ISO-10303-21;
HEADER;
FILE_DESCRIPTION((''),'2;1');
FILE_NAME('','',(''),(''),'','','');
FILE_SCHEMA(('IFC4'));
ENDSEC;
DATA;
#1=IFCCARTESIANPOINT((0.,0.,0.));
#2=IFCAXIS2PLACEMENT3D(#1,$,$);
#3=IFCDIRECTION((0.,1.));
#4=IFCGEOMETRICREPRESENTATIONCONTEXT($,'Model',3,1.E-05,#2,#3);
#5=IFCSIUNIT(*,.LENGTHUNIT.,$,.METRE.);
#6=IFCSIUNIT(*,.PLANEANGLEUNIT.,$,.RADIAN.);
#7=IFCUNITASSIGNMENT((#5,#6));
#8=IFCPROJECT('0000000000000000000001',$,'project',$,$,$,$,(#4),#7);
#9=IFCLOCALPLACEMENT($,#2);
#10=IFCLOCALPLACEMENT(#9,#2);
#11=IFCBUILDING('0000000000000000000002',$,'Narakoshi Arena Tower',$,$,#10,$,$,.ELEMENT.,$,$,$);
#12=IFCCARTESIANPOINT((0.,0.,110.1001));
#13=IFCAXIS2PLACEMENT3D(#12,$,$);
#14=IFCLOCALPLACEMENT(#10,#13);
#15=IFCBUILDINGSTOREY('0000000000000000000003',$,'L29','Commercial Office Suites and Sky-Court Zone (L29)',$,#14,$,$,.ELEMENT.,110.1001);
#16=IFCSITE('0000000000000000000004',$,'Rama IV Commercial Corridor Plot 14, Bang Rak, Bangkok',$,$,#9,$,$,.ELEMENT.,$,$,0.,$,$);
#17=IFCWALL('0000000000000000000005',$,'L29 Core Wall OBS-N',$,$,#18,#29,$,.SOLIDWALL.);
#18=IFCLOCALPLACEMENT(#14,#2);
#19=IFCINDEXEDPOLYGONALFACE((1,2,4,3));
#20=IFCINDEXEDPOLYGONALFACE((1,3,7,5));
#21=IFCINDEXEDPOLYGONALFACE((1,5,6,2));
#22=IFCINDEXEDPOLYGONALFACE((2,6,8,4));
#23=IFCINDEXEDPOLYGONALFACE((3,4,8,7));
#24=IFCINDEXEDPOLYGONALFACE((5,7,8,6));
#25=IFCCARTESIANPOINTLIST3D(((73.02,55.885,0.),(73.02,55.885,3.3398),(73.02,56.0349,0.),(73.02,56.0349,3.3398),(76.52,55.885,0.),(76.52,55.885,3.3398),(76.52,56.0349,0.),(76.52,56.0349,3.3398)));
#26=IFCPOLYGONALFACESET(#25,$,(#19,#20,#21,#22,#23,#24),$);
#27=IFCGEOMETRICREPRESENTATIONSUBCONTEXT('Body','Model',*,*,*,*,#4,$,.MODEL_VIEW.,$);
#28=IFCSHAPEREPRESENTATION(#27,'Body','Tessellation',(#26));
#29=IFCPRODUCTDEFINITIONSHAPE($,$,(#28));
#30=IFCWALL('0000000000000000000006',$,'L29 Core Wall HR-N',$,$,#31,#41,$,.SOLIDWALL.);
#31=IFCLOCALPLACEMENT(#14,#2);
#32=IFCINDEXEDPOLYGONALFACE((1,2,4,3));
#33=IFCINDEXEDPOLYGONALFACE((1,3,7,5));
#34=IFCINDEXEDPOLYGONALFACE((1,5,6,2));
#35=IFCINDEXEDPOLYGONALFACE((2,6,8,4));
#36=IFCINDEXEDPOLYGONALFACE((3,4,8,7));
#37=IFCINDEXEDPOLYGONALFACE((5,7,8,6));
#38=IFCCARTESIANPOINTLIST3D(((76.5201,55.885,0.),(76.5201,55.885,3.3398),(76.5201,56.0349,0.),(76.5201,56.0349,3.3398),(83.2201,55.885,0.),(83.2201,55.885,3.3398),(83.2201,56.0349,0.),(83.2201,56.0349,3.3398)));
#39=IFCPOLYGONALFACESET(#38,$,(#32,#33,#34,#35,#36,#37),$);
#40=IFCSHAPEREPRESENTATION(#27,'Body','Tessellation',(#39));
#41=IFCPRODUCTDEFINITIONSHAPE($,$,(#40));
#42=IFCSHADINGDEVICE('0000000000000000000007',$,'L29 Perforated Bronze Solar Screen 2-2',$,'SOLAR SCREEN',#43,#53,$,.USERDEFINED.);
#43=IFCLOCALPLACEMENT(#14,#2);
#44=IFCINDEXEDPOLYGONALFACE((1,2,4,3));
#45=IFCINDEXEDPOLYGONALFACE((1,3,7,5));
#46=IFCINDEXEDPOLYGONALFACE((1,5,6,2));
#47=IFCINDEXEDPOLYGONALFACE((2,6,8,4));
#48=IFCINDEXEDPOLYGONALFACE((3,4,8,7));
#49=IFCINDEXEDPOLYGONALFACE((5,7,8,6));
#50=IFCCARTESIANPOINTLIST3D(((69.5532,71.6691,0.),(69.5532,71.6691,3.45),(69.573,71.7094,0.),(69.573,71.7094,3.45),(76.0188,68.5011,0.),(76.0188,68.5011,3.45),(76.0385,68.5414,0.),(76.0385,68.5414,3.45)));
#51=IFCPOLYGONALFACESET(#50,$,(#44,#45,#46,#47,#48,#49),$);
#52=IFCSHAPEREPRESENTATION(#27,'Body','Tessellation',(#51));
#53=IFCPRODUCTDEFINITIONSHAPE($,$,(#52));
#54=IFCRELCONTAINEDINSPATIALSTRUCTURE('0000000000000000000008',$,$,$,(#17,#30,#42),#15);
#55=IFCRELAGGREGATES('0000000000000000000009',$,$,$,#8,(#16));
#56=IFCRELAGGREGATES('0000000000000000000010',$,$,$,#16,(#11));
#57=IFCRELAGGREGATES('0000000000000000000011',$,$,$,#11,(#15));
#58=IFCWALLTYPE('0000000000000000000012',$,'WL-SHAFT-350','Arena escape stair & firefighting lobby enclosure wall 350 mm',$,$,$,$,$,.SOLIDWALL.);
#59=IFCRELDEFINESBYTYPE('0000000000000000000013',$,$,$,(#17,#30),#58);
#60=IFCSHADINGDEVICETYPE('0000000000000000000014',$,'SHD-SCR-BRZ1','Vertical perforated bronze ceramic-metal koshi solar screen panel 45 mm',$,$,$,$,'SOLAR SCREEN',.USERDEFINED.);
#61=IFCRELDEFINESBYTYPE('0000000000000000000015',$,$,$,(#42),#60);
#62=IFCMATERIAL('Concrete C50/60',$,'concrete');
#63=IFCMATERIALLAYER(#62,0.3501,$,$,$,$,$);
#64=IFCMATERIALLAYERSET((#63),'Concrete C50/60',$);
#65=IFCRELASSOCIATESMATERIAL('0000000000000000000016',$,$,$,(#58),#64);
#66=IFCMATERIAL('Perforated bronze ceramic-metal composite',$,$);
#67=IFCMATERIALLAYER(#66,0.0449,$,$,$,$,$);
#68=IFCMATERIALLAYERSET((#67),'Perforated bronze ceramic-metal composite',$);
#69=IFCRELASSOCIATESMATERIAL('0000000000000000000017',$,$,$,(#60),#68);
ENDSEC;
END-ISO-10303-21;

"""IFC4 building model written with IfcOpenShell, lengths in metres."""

from ifc_helpers import new_model, si_unit, direction, frame, frame_2d, origin, origin_2d, place, context, subcontext, project, spatial, rectangle, extrude, material, layer, layer_set, type_object, element, save


model = new_model("IFC4")

# Units and contexts
model_context = context("Model", 3, precision=1e-05, world=origin(), true_north=direction((0.0, 1.0)))
body_context = subcontext(model_context, "Body", "Model", "MODEL_VIEW")
ifc_project = project(units=[si_unit("LENGTHUNIT", "METRE"), si_unit("PLANEANGLEUNIT", "RADIAN")], contexts=[model_context])

# Site, building, storey
site_placement = place(None, origin())
site = spatial("IfcSite", under=ifc_project, at=site_placement, Name="Rama IV Commercial Corridor Plot 14, Bang Rak, Bangkok", CompositionType="ELEMENT", RefElevation=0.0)
building_placement = place(site_placement, origin())
building = spatial("IfcBuilding", under=site, at=building_placement, Name="Narakoshi Arena Tower", CompositionType="ELEMENT")
storey_placement = place(building_placement, frame((0.0, 0.0, 110.1001)))
storey = spatial("IfcBuildingStorey", under=building, at=storey_placement, Name="L29", Description="Commercial Office Suites and Sky-Court Zone (L29)", CompositionType="ELEMENT", Elevation=110.1001)

# Walls
ifc_material_1 = material(Name="Concrete C50/60", Category="concrete")
ifc_layer_1 = layer(ifc_material_1, 0.3501)
ifc_layer_set_1 = layer_set([ifc_layer_1], Name="Concrete C50/60")
wall_type_1 = type_object("IfcWallType", Name="WL-SHAFT-350", Description="Arena escape stair & firefighting lobby enclosure wall 350 mm", PredefinedType="SOLIDWALL", material=ifc_layer_set_1)
wall_1_placement = place(storey_placement, frame((73.02, 55.96, 0.0), z_axis=(0.0, 0.0, 1.0), x_axis=(1.0, 0.0, 0.0)))
element("IfcWall", 1, at=wall_1_placement, inside=storey, type_object=wall_type_1, Name="L29 Core Wall OBS-N", PredefinedType="SOLIDWALL", context=body_context, shape_type="SweptSolid", body=[
    extrude(rectangle(XDim=3.5, YDim=0.1499, at=frame_2d((1.75, 0.0))), origin(), (0.0, 0.0, 1.0), 3.3398),
])
wall_2_placement = place(storey_placement, frame((76.52, 55.96, 0.0), z_axis=(0.0, 0.0, 1.0), x_axis=(1.0, 0.0, 0.0)))
element("IfcWall", 2, at=wall_2_placement, inside=storey, type_object=wall_type_1, Name="L29 Core Wall HR-N", PredefinedType="SOLIDWALL", context=body_context, shape_type="SweptSolid", body=[
    extrude(rectangle(XDim=6.7, YDim=0.1499, at=frame_2d((3.3501, 0.0))), origin(), (0.0, 0.0, 1.0), 3.3398),
])

# Shading device
ifc_material_2 = material(Name="Perforated bronze ceramic-metal composite")
ifc_layer_2 = layer(ifc_material_2, 0.0449)
ifc_layer_set_2 = layer_set([ifc_layer_2], Name="Perforated bronze ceramic-metal composite")
shading_device_type = type_object("IfcShadingDeviceType", Name="SHD-SCR-BRZ1", Description="Vertical perforated bronze ceramic-metal koshi solar screen panel 45 mm", ElementType="SOLAR SCREEN", PredefinedType="USERDEFINED", material=ifc_layer_set_2)
shading_device_placement = place(storey_placement, frame((72.7959, 70.1052, 0.0), z_axis=(0.0, 0.0, 1.0), x_axis=(-0.897997, 0.440002, 0.0)))
element("IfcShadingDevice", 3, at=shading_device_placement, inside=storey, type_object=shading_device_type, Name="L29 Perforated Bronze Solar Screen 2-2", ObjectType="SOLAR SCREEN", PredefinedType="USERDEFINED", context=body_context, shape_type="SweptSolid", body=[
    extrude(rectangle(XDim=7.2, YDim=0.0449, at=origin_2d()), origin(), (0.0, 0.0, 1.0), 3.45),
])

save(model, "model.ifc")
